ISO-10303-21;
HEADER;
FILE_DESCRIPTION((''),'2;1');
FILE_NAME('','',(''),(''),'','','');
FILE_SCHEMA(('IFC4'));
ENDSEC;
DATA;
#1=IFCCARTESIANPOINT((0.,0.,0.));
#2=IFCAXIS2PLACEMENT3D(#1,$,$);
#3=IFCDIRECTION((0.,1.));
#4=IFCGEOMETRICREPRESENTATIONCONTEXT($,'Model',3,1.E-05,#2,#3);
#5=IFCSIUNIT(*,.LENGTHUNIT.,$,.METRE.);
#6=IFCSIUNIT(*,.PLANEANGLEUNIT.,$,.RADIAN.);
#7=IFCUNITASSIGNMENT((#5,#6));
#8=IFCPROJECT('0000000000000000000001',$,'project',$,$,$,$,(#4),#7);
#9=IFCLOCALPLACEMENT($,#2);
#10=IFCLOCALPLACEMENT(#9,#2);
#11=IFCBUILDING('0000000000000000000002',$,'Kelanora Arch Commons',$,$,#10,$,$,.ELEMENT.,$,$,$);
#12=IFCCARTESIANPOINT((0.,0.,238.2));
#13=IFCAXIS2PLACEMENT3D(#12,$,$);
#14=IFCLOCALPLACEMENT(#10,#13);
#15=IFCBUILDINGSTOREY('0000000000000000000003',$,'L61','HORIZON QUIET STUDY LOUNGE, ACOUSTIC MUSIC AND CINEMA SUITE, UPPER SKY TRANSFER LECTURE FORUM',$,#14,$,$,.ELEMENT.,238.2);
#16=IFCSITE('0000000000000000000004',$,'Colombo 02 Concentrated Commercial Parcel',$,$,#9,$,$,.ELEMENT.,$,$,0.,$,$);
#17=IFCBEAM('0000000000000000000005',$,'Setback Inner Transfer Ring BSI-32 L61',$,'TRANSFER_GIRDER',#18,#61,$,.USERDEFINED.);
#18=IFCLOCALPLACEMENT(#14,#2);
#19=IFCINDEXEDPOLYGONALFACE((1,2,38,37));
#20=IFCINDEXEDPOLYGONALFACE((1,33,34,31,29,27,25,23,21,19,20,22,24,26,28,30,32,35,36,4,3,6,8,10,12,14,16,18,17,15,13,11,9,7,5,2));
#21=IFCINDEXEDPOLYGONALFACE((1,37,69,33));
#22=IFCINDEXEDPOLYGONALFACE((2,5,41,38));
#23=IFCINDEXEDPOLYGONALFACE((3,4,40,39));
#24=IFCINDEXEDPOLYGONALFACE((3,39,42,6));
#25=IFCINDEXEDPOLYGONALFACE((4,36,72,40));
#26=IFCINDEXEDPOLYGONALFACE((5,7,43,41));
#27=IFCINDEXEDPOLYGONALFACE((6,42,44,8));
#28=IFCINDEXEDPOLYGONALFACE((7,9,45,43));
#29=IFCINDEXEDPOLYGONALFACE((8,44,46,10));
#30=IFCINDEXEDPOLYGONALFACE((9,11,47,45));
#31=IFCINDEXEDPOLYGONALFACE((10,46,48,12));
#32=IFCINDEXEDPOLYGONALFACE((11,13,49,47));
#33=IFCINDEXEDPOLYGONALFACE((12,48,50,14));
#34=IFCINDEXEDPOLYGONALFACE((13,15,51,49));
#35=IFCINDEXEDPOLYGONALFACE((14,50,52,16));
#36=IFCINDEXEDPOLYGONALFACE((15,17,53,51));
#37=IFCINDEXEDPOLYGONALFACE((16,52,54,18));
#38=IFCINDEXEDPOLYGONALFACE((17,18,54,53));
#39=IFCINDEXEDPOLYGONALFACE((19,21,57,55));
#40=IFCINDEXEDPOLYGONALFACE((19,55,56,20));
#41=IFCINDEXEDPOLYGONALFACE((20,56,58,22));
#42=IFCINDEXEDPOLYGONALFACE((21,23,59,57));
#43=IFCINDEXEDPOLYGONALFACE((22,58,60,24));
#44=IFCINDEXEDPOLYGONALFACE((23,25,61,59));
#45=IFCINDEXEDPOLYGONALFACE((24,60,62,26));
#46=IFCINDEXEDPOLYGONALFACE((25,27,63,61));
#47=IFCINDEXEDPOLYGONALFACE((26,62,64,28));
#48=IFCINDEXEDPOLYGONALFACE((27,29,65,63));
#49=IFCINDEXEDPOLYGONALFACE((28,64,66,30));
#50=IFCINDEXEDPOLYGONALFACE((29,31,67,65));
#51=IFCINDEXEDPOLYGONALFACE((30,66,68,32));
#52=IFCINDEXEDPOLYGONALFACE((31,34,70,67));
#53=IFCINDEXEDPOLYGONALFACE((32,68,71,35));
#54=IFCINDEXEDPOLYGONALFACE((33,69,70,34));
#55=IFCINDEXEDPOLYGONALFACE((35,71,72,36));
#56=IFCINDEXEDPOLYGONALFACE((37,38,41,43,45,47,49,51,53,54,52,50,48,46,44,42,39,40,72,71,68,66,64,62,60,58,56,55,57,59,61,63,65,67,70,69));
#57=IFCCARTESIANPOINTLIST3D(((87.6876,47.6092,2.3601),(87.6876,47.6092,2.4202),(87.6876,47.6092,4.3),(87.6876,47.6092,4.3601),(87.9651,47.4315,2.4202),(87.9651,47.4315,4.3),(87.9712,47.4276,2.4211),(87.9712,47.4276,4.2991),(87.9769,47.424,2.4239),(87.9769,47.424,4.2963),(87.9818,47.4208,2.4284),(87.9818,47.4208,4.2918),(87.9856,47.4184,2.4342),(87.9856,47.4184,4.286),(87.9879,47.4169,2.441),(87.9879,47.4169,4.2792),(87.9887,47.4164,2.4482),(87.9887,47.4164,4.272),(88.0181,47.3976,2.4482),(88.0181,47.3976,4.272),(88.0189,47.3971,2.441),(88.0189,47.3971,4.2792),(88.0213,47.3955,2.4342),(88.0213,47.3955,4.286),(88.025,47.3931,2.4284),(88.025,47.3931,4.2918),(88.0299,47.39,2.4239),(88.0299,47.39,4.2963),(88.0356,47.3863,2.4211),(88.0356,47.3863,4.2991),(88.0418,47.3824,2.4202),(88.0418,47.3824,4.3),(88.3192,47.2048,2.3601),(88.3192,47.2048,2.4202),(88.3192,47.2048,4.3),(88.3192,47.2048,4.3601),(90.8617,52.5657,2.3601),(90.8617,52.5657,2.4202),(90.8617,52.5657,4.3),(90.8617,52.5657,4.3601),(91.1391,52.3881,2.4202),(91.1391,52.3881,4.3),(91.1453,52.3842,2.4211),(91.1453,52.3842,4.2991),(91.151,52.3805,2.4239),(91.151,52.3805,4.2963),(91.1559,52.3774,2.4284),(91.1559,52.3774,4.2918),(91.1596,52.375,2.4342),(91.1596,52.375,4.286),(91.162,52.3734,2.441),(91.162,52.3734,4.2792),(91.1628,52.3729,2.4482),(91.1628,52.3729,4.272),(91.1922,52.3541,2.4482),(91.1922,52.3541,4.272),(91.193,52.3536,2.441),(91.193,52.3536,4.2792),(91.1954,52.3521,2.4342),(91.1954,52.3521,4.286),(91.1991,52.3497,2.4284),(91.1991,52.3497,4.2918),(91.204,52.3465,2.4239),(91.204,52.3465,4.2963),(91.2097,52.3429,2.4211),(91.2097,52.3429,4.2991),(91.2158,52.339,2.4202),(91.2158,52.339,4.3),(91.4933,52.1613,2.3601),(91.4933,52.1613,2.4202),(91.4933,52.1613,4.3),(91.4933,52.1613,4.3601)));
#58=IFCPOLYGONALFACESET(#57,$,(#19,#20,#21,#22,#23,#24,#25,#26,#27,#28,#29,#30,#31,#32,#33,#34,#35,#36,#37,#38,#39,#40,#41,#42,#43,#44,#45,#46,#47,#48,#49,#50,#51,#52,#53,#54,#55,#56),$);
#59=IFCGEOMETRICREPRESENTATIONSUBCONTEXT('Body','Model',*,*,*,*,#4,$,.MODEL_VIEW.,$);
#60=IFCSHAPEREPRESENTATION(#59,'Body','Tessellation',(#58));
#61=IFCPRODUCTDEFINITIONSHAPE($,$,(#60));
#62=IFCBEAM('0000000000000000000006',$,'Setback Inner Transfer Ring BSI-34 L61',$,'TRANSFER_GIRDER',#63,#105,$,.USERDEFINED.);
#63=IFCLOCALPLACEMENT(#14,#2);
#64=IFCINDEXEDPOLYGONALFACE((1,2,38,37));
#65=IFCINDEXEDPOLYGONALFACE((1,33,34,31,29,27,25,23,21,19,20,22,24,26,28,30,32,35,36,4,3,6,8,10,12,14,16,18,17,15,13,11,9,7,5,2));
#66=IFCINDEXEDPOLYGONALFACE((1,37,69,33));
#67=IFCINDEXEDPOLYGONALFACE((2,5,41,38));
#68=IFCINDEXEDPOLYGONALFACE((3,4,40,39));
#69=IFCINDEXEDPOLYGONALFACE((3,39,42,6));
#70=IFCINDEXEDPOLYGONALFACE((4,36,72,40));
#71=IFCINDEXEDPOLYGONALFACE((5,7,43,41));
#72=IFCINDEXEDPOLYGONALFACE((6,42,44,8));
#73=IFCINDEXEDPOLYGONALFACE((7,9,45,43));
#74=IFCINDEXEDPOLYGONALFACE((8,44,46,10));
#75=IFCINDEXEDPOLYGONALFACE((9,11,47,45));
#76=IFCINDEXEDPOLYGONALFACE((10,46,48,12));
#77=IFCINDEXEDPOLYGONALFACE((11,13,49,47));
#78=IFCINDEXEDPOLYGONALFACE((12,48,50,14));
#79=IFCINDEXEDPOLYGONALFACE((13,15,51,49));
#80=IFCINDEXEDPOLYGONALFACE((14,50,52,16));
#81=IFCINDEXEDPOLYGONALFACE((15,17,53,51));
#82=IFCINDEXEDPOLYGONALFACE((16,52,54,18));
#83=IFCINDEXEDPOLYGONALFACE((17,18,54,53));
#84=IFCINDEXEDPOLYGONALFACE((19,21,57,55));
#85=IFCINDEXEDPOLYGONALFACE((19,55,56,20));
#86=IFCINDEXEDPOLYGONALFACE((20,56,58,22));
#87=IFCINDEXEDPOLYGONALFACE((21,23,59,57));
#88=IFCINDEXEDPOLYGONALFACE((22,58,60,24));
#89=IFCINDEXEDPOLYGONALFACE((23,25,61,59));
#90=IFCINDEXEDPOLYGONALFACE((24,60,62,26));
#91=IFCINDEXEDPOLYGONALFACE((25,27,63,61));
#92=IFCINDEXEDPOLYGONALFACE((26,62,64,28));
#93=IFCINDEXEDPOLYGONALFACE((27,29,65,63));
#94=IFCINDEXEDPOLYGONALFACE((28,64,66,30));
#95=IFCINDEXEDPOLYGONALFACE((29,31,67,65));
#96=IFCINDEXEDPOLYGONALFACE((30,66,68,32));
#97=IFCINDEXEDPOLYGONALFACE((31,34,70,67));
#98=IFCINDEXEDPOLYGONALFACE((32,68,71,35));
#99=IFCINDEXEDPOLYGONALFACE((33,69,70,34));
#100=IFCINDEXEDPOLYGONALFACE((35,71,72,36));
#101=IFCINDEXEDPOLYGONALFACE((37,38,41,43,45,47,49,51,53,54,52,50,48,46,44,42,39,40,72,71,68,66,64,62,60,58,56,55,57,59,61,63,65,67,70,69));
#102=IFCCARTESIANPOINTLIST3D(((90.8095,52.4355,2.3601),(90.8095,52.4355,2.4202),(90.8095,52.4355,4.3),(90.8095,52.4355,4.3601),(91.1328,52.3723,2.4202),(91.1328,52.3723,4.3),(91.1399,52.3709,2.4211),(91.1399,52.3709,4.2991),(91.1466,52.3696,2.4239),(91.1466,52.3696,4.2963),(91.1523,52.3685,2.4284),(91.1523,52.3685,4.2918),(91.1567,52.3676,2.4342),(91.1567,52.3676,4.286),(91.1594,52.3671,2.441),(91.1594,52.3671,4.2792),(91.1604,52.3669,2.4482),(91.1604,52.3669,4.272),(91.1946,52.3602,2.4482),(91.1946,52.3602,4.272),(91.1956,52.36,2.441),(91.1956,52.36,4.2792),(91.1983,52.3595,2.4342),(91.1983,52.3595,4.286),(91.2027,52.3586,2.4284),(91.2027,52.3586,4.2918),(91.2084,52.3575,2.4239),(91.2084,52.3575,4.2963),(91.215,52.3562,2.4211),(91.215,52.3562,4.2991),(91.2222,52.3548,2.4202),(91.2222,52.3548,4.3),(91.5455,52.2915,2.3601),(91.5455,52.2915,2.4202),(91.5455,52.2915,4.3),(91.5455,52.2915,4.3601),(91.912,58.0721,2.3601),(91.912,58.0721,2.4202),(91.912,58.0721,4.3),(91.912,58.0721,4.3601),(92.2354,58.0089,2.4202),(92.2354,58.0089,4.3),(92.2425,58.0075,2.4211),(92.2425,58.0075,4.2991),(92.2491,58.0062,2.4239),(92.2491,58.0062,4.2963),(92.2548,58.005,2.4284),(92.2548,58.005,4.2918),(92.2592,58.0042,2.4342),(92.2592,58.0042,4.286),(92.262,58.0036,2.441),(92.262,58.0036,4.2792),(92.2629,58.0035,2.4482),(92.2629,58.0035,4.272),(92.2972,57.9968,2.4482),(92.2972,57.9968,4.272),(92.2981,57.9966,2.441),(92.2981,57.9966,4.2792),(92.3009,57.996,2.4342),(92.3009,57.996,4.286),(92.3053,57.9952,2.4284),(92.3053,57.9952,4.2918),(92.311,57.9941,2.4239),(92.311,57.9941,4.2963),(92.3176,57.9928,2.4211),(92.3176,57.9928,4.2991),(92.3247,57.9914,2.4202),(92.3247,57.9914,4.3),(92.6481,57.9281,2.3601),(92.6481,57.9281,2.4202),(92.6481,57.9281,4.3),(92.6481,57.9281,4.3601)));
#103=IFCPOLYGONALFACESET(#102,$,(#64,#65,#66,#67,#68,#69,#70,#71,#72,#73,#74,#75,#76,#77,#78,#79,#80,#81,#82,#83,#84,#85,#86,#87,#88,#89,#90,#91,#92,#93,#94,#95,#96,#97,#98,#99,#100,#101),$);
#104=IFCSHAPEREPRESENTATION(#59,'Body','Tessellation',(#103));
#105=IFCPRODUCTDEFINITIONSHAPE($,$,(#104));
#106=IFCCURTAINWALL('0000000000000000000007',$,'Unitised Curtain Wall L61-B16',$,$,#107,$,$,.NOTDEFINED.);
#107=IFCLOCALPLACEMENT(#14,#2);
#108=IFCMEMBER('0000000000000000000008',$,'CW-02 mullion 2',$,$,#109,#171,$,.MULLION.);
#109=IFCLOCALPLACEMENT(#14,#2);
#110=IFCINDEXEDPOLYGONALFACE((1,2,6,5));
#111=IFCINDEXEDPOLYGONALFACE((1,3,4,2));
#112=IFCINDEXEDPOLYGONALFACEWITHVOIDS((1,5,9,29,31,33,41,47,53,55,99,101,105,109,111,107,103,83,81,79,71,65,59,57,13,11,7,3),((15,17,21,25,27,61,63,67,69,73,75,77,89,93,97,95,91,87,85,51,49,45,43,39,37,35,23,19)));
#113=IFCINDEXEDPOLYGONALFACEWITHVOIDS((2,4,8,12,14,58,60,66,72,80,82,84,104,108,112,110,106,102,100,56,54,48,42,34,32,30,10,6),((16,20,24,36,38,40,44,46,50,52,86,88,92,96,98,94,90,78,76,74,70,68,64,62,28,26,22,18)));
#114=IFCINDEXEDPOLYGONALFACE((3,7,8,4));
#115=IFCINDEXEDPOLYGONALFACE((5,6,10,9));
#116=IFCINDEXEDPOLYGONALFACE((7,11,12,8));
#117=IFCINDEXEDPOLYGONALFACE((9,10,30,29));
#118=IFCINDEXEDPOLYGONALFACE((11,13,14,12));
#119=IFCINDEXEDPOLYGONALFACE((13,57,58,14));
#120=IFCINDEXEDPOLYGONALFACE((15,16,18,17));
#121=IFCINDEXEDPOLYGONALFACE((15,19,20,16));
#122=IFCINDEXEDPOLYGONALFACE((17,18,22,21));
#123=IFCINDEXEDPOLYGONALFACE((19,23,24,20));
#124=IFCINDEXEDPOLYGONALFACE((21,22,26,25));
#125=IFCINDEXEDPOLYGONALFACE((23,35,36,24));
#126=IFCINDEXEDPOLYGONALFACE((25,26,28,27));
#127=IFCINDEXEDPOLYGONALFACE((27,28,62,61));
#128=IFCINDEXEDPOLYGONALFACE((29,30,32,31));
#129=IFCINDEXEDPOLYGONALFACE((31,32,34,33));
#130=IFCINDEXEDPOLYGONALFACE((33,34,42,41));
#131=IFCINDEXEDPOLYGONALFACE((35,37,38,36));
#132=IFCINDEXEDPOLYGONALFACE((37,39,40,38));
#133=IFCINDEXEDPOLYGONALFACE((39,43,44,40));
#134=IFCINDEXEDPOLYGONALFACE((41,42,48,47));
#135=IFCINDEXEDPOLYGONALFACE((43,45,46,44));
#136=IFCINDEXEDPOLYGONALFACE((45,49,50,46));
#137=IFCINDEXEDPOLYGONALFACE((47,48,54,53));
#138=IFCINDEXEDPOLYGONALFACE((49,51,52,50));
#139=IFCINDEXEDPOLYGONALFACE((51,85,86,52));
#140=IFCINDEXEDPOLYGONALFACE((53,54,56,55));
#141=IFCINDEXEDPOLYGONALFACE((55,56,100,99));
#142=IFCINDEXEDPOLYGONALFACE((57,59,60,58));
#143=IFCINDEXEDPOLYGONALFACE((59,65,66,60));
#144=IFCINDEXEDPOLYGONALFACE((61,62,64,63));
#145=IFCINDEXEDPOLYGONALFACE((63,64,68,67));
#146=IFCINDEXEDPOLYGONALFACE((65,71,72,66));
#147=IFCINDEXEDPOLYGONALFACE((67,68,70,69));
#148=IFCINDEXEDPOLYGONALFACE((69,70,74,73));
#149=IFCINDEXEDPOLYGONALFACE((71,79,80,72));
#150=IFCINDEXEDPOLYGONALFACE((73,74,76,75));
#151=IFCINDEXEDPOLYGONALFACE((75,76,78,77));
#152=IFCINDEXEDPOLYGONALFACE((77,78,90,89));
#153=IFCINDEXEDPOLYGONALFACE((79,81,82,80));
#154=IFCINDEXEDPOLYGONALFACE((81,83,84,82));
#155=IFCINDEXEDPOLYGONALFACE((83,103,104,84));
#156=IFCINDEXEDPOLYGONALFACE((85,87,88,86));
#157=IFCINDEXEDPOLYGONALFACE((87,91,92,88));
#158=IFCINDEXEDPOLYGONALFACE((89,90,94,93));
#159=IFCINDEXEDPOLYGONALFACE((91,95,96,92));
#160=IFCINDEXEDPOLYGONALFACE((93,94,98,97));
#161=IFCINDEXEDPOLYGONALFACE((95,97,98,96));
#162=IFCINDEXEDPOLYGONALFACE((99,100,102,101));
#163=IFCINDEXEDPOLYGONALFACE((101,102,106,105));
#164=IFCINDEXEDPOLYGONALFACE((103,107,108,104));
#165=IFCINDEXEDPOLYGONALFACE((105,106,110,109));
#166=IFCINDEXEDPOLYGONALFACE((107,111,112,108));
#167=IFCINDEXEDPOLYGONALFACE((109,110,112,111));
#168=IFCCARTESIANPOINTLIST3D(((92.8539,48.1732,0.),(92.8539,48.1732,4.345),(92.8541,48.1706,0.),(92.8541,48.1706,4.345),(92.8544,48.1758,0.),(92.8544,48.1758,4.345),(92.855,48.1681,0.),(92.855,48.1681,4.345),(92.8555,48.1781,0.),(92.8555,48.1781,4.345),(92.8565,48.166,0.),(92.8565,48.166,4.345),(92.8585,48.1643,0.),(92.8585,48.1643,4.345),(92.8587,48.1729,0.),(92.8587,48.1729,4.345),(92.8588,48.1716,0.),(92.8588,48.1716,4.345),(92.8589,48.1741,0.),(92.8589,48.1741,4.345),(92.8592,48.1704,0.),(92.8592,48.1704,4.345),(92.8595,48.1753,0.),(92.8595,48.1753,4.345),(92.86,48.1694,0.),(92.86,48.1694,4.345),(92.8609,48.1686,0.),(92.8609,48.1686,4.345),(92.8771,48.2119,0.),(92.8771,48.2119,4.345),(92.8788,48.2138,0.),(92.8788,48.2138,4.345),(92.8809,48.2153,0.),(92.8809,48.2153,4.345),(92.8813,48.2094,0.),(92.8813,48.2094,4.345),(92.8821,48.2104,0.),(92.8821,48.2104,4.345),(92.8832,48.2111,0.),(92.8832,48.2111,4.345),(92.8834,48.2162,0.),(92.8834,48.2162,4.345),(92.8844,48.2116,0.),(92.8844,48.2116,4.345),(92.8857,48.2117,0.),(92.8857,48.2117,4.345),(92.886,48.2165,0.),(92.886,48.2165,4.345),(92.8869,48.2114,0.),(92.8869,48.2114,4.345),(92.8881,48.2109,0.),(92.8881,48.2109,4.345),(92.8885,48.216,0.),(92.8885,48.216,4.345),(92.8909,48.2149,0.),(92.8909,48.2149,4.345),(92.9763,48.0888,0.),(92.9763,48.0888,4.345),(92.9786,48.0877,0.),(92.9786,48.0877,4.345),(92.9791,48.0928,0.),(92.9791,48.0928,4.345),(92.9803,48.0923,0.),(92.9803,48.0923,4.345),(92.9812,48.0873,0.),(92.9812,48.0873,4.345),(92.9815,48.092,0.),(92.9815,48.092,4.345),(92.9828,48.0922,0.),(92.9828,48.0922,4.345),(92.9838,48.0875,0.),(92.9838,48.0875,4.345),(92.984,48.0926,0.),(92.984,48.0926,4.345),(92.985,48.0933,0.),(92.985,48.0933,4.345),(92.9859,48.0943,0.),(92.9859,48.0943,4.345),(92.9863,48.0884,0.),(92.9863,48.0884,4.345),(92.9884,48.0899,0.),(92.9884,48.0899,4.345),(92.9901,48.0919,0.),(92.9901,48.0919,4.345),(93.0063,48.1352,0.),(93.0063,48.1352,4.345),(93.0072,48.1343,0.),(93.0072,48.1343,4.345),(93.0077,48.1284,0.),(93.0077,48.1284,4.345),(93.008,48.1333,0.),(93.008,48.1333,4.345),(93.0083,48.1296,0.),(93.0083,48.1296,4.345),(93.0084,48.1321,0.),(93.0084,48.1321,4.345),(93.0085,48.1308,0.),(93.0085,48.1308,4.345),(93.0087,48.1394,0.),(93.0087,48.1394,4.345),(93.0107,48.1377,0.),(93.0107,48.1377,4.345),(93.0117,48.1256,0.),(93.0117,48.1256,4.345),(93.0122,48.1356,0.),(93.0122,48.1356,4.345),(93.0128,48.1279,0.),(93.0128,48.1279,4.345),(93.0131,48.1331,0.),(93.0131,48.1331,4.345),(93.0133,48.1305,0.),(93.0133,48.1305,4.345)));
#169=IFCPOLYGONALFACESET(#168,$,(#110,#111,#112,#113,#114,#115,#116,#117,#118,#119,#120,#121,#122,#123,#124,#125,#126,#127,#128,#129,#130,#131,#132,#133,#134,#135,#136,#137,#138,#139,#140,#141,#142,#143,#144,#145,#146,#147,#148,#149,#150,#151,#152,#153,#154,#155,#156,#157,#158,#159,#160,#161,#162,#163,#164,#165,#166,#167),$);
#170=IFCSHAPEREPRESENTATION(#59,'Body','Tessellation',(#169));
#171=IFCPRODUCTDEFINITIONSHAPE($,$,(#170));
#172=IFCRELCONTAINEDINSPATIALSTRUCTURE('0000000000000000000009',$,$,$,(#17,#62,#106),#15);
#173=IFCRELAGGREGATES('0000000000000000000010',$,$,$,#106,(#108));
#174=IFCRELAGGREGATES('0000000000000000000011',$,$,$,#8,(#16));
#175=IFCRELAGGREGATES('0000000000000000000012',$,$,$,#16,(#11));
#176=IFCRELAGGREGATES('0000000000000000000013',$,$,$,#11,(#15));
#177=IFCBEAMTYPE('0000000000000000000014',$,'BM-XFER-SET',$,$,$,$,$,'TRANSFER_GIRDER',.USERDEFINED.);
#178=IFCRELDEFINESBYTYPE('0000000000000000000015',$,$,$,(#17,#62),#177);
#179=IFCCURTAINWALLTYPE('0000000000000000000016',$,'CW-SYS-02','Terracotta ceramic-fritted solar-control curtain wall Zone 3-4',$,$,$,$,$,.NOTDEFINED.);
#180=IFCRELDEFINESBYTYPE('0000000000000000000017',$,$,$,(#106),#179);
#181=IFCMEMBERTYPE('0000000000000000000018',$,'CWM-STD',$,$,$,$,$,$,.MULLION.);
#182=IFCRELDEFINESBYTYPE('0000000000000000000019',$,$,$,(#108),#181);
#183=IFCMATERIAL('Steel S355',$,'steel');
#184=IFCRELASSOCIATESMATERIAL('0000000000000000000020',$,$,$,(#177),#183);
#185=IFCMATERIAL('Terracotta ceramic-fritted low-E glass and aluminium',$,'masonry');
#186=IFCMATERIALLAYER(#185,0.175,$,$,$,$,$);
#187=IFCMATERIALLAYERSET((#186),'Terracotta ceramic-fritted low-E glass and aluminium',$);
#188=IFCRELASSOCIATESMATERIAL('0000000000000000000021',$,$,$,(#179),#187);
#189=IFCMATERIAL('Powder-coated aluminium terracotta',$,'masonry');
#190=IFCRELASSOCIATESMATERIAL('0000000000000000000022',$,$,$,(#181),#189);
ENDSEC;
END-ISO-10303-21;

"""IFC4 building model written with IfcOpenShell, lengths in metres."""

from ifc_helpers import new_model, si_unit, direction, frame, origin, origin_2d, place, context, subcontext, project, spatial, hollow_rectangle, i_section, extrude, material, layer, layer_set, material_profile, profile_set, type_object, element, aggregate, save


model = new_model("IFC4")

# Units and contexts
model_context = context("Model", 3, precision=1e-05, world=origin(), true_north=direction((0.0, 1.0)))
body_context = subcontext(model_context, "Body", "Model", "MODEL_VIEW")
ifc_project = project(units=[si_unit("LENGTHUNIT", "METRE"), si_unit("PLANEANGLEUNIT", "RADIAN")], contexts=[model_context])

# Site, building, storey
site_placement = place(None, origin())
site = spatial("IfcSite", under=ifc_project, at=site_placement, Name="Colombo 02 Concentrated Commercial Parcel", CompositionType="ELEMENT", RefElevation=0.0)
building_placement = place(site_placement, origin())
building = spatial("IfcBuilding", under=site, at=building_placement, Name="Kelanora Arch Commons", CompositionType="ELEMENT")
storey_placement = place(building_placement, frame((0.0, 0.0, 238.2)))
storey = spatial("IfcBuildingStorey", under=building, at=storey_placement, Name="L61", Description="HORIZON QUIET STUDY LOUNGE, ACOUSTIC MUSIC AND CINEMA SUITE, UPPER SKY TRANSFER LECTURE FORUM", CompositionType="ELEMENT", Elevation=238.2)

# Beams
ifc_material_1 = material(Name="Steel S355", Category="steel")
ifc_material_profile_1 = material_profile(ifc_material_1, i_section(OverallWidth=0.75, OverallDepth=2.0, WebThickness=0.0349, FlangeThickness=0.0601, FilletRadius=0.0281, at=origin_2d()), Name="PG2000x750")
ifc_profile_set_1 = profile_set([ifc_material_profile_1], Name="Steel S355")
beam_type_1 = type_object("IfcBeamType", Name="BM-XFER-SET", ElementType="TRANSFER_GIRDER", PredefinedType="USERDEFINED", material=ifc_profile_set_1)
beam_1_placement = place(storey_placement, frame((88.0034, 47.407, 3.3601), z_axis=(0.539281, 0.842126, 0.0), x_axis=(-0.842126, 0.539281, 0.0)))
element("IfcBeam", 1, at=beam_1_placement, inside=storey, type_object=beam_type_1, Name="Setback Inner Transfer Ring BSI-32 L61", ObjectType="TRANSFER_GIRDER", PredefinedType="USERDEFINED", context=body_context, shape_type="SweptSolid", body=[
    extrude(i_section(OverallWidth=0.75, OverallDepth=2.0, WebThickness=0.0349, FlangeThickness=0.0601, FilletRadius=0.0281, at=origin_2d()), origin(), (0.0, 0.0, 1.0), 5.8857),
])
beam_2_placement = place(storey_placement, frame((91.1775, 52.3635, 3.3601), z_axis=(0.19197, 0.981401, 0.0), x_axis=(-0.981401, 0.19197, 0.0)))
element("IfcBeam", 2, at=beam_2_placement, inside=storey, type_object=beam_type_1, Name="Setback Inner Transfer Ring BSI-34 L61", ObjectType="TRANSFER_GIRDER", PredefinedType="USERDEFINED", context=body_context, shape_type="SweptSolid", body=[
    extrude(i_section(OverallWidth=0.75, OverallDepth=2.0, WebThickness=0.0349, FlangeThickness=0.0601, FilletRadius=0.0281, at=origin_2d()), origin(), (0.0, 0.0, 1.0), 5.7434),
])

# Curtain wall, member
ifc_material_2 = material(Name="Terracotta ceramic-fritted low-E glass and aluminium", Category="masonry")
ifc_layer_1 = layer(ifc_material_2, 0.175)
ifc_layer_set_1 = layer_set([ifc_layer_1], Name="Terracotta ceramic-fritted low-E glass and aluminium")
curtain_wall_type = type_object("IfcCurtainWallType", Name="CW-SYS-02", Description="Terracotta ceramic-fritted solar-control curtain wall Zone 3-4", PredefinedType="NOTDEFINED", material=ifc_layer_set_1)
curtain_wall_placement = place(storey_placement, origin())
curtain_wall = element("IfcCurtainWall", 3, at=curtain_wall_placement, inside=storey, type_object=curtain_wall_type, Name="Unitised Curtain Wall L61-B16", PredefinedType="NOTDEFINED")
ifc_material_3 = material(Name="Powder-coated aluminium terracotta", Category="masonry")
ifc_material_profile_2 = material_profile(ifc_material_3, hollow_rectangle(XDim=0.1599, YDim=0.0601, WallThickness=0.0049, InnerFilletRadius=0.0049, OuterFilletRadius=0.01, at=origin_2d()), Name="CWM160x60")
ifc_profile_set_2 = profile_set([ifc_material_profile_2], Name="Powder-coated aluminium terracotta")
member_type_1 = type_object("IfcMemberType", Name="CWM-STD", PredefinedType="MULLION", material=ifc_profile_set_2)
member_1_placement = place(storey_placement, frame((92.9336, 48.1519, 0.0), z_axis=(0.0, 0.0, 1.0), x_axis=(-0.841948, 0.539559, 0.0)))
member_1 = element("IfcMember", 4, at=member_1_placement, type_object=member_type_1, Name="CW-02 mullion 2", PredefinedType="MULLION", context=body_context, shape_type="SweptSolid", body=[
    extrude(hollow_rectangle(XDim=0.1599, YDim=0.0601, WallThickness=0.0049, InnerFilletRadius=0.0049, OuterFilletRadius=0.01, at=origin_2d()), origin(), (0.0, 0.0, 1.0), 4.345),
])
aggregate(curtain_wall, [member_1])

save(model, "model.ifc")
